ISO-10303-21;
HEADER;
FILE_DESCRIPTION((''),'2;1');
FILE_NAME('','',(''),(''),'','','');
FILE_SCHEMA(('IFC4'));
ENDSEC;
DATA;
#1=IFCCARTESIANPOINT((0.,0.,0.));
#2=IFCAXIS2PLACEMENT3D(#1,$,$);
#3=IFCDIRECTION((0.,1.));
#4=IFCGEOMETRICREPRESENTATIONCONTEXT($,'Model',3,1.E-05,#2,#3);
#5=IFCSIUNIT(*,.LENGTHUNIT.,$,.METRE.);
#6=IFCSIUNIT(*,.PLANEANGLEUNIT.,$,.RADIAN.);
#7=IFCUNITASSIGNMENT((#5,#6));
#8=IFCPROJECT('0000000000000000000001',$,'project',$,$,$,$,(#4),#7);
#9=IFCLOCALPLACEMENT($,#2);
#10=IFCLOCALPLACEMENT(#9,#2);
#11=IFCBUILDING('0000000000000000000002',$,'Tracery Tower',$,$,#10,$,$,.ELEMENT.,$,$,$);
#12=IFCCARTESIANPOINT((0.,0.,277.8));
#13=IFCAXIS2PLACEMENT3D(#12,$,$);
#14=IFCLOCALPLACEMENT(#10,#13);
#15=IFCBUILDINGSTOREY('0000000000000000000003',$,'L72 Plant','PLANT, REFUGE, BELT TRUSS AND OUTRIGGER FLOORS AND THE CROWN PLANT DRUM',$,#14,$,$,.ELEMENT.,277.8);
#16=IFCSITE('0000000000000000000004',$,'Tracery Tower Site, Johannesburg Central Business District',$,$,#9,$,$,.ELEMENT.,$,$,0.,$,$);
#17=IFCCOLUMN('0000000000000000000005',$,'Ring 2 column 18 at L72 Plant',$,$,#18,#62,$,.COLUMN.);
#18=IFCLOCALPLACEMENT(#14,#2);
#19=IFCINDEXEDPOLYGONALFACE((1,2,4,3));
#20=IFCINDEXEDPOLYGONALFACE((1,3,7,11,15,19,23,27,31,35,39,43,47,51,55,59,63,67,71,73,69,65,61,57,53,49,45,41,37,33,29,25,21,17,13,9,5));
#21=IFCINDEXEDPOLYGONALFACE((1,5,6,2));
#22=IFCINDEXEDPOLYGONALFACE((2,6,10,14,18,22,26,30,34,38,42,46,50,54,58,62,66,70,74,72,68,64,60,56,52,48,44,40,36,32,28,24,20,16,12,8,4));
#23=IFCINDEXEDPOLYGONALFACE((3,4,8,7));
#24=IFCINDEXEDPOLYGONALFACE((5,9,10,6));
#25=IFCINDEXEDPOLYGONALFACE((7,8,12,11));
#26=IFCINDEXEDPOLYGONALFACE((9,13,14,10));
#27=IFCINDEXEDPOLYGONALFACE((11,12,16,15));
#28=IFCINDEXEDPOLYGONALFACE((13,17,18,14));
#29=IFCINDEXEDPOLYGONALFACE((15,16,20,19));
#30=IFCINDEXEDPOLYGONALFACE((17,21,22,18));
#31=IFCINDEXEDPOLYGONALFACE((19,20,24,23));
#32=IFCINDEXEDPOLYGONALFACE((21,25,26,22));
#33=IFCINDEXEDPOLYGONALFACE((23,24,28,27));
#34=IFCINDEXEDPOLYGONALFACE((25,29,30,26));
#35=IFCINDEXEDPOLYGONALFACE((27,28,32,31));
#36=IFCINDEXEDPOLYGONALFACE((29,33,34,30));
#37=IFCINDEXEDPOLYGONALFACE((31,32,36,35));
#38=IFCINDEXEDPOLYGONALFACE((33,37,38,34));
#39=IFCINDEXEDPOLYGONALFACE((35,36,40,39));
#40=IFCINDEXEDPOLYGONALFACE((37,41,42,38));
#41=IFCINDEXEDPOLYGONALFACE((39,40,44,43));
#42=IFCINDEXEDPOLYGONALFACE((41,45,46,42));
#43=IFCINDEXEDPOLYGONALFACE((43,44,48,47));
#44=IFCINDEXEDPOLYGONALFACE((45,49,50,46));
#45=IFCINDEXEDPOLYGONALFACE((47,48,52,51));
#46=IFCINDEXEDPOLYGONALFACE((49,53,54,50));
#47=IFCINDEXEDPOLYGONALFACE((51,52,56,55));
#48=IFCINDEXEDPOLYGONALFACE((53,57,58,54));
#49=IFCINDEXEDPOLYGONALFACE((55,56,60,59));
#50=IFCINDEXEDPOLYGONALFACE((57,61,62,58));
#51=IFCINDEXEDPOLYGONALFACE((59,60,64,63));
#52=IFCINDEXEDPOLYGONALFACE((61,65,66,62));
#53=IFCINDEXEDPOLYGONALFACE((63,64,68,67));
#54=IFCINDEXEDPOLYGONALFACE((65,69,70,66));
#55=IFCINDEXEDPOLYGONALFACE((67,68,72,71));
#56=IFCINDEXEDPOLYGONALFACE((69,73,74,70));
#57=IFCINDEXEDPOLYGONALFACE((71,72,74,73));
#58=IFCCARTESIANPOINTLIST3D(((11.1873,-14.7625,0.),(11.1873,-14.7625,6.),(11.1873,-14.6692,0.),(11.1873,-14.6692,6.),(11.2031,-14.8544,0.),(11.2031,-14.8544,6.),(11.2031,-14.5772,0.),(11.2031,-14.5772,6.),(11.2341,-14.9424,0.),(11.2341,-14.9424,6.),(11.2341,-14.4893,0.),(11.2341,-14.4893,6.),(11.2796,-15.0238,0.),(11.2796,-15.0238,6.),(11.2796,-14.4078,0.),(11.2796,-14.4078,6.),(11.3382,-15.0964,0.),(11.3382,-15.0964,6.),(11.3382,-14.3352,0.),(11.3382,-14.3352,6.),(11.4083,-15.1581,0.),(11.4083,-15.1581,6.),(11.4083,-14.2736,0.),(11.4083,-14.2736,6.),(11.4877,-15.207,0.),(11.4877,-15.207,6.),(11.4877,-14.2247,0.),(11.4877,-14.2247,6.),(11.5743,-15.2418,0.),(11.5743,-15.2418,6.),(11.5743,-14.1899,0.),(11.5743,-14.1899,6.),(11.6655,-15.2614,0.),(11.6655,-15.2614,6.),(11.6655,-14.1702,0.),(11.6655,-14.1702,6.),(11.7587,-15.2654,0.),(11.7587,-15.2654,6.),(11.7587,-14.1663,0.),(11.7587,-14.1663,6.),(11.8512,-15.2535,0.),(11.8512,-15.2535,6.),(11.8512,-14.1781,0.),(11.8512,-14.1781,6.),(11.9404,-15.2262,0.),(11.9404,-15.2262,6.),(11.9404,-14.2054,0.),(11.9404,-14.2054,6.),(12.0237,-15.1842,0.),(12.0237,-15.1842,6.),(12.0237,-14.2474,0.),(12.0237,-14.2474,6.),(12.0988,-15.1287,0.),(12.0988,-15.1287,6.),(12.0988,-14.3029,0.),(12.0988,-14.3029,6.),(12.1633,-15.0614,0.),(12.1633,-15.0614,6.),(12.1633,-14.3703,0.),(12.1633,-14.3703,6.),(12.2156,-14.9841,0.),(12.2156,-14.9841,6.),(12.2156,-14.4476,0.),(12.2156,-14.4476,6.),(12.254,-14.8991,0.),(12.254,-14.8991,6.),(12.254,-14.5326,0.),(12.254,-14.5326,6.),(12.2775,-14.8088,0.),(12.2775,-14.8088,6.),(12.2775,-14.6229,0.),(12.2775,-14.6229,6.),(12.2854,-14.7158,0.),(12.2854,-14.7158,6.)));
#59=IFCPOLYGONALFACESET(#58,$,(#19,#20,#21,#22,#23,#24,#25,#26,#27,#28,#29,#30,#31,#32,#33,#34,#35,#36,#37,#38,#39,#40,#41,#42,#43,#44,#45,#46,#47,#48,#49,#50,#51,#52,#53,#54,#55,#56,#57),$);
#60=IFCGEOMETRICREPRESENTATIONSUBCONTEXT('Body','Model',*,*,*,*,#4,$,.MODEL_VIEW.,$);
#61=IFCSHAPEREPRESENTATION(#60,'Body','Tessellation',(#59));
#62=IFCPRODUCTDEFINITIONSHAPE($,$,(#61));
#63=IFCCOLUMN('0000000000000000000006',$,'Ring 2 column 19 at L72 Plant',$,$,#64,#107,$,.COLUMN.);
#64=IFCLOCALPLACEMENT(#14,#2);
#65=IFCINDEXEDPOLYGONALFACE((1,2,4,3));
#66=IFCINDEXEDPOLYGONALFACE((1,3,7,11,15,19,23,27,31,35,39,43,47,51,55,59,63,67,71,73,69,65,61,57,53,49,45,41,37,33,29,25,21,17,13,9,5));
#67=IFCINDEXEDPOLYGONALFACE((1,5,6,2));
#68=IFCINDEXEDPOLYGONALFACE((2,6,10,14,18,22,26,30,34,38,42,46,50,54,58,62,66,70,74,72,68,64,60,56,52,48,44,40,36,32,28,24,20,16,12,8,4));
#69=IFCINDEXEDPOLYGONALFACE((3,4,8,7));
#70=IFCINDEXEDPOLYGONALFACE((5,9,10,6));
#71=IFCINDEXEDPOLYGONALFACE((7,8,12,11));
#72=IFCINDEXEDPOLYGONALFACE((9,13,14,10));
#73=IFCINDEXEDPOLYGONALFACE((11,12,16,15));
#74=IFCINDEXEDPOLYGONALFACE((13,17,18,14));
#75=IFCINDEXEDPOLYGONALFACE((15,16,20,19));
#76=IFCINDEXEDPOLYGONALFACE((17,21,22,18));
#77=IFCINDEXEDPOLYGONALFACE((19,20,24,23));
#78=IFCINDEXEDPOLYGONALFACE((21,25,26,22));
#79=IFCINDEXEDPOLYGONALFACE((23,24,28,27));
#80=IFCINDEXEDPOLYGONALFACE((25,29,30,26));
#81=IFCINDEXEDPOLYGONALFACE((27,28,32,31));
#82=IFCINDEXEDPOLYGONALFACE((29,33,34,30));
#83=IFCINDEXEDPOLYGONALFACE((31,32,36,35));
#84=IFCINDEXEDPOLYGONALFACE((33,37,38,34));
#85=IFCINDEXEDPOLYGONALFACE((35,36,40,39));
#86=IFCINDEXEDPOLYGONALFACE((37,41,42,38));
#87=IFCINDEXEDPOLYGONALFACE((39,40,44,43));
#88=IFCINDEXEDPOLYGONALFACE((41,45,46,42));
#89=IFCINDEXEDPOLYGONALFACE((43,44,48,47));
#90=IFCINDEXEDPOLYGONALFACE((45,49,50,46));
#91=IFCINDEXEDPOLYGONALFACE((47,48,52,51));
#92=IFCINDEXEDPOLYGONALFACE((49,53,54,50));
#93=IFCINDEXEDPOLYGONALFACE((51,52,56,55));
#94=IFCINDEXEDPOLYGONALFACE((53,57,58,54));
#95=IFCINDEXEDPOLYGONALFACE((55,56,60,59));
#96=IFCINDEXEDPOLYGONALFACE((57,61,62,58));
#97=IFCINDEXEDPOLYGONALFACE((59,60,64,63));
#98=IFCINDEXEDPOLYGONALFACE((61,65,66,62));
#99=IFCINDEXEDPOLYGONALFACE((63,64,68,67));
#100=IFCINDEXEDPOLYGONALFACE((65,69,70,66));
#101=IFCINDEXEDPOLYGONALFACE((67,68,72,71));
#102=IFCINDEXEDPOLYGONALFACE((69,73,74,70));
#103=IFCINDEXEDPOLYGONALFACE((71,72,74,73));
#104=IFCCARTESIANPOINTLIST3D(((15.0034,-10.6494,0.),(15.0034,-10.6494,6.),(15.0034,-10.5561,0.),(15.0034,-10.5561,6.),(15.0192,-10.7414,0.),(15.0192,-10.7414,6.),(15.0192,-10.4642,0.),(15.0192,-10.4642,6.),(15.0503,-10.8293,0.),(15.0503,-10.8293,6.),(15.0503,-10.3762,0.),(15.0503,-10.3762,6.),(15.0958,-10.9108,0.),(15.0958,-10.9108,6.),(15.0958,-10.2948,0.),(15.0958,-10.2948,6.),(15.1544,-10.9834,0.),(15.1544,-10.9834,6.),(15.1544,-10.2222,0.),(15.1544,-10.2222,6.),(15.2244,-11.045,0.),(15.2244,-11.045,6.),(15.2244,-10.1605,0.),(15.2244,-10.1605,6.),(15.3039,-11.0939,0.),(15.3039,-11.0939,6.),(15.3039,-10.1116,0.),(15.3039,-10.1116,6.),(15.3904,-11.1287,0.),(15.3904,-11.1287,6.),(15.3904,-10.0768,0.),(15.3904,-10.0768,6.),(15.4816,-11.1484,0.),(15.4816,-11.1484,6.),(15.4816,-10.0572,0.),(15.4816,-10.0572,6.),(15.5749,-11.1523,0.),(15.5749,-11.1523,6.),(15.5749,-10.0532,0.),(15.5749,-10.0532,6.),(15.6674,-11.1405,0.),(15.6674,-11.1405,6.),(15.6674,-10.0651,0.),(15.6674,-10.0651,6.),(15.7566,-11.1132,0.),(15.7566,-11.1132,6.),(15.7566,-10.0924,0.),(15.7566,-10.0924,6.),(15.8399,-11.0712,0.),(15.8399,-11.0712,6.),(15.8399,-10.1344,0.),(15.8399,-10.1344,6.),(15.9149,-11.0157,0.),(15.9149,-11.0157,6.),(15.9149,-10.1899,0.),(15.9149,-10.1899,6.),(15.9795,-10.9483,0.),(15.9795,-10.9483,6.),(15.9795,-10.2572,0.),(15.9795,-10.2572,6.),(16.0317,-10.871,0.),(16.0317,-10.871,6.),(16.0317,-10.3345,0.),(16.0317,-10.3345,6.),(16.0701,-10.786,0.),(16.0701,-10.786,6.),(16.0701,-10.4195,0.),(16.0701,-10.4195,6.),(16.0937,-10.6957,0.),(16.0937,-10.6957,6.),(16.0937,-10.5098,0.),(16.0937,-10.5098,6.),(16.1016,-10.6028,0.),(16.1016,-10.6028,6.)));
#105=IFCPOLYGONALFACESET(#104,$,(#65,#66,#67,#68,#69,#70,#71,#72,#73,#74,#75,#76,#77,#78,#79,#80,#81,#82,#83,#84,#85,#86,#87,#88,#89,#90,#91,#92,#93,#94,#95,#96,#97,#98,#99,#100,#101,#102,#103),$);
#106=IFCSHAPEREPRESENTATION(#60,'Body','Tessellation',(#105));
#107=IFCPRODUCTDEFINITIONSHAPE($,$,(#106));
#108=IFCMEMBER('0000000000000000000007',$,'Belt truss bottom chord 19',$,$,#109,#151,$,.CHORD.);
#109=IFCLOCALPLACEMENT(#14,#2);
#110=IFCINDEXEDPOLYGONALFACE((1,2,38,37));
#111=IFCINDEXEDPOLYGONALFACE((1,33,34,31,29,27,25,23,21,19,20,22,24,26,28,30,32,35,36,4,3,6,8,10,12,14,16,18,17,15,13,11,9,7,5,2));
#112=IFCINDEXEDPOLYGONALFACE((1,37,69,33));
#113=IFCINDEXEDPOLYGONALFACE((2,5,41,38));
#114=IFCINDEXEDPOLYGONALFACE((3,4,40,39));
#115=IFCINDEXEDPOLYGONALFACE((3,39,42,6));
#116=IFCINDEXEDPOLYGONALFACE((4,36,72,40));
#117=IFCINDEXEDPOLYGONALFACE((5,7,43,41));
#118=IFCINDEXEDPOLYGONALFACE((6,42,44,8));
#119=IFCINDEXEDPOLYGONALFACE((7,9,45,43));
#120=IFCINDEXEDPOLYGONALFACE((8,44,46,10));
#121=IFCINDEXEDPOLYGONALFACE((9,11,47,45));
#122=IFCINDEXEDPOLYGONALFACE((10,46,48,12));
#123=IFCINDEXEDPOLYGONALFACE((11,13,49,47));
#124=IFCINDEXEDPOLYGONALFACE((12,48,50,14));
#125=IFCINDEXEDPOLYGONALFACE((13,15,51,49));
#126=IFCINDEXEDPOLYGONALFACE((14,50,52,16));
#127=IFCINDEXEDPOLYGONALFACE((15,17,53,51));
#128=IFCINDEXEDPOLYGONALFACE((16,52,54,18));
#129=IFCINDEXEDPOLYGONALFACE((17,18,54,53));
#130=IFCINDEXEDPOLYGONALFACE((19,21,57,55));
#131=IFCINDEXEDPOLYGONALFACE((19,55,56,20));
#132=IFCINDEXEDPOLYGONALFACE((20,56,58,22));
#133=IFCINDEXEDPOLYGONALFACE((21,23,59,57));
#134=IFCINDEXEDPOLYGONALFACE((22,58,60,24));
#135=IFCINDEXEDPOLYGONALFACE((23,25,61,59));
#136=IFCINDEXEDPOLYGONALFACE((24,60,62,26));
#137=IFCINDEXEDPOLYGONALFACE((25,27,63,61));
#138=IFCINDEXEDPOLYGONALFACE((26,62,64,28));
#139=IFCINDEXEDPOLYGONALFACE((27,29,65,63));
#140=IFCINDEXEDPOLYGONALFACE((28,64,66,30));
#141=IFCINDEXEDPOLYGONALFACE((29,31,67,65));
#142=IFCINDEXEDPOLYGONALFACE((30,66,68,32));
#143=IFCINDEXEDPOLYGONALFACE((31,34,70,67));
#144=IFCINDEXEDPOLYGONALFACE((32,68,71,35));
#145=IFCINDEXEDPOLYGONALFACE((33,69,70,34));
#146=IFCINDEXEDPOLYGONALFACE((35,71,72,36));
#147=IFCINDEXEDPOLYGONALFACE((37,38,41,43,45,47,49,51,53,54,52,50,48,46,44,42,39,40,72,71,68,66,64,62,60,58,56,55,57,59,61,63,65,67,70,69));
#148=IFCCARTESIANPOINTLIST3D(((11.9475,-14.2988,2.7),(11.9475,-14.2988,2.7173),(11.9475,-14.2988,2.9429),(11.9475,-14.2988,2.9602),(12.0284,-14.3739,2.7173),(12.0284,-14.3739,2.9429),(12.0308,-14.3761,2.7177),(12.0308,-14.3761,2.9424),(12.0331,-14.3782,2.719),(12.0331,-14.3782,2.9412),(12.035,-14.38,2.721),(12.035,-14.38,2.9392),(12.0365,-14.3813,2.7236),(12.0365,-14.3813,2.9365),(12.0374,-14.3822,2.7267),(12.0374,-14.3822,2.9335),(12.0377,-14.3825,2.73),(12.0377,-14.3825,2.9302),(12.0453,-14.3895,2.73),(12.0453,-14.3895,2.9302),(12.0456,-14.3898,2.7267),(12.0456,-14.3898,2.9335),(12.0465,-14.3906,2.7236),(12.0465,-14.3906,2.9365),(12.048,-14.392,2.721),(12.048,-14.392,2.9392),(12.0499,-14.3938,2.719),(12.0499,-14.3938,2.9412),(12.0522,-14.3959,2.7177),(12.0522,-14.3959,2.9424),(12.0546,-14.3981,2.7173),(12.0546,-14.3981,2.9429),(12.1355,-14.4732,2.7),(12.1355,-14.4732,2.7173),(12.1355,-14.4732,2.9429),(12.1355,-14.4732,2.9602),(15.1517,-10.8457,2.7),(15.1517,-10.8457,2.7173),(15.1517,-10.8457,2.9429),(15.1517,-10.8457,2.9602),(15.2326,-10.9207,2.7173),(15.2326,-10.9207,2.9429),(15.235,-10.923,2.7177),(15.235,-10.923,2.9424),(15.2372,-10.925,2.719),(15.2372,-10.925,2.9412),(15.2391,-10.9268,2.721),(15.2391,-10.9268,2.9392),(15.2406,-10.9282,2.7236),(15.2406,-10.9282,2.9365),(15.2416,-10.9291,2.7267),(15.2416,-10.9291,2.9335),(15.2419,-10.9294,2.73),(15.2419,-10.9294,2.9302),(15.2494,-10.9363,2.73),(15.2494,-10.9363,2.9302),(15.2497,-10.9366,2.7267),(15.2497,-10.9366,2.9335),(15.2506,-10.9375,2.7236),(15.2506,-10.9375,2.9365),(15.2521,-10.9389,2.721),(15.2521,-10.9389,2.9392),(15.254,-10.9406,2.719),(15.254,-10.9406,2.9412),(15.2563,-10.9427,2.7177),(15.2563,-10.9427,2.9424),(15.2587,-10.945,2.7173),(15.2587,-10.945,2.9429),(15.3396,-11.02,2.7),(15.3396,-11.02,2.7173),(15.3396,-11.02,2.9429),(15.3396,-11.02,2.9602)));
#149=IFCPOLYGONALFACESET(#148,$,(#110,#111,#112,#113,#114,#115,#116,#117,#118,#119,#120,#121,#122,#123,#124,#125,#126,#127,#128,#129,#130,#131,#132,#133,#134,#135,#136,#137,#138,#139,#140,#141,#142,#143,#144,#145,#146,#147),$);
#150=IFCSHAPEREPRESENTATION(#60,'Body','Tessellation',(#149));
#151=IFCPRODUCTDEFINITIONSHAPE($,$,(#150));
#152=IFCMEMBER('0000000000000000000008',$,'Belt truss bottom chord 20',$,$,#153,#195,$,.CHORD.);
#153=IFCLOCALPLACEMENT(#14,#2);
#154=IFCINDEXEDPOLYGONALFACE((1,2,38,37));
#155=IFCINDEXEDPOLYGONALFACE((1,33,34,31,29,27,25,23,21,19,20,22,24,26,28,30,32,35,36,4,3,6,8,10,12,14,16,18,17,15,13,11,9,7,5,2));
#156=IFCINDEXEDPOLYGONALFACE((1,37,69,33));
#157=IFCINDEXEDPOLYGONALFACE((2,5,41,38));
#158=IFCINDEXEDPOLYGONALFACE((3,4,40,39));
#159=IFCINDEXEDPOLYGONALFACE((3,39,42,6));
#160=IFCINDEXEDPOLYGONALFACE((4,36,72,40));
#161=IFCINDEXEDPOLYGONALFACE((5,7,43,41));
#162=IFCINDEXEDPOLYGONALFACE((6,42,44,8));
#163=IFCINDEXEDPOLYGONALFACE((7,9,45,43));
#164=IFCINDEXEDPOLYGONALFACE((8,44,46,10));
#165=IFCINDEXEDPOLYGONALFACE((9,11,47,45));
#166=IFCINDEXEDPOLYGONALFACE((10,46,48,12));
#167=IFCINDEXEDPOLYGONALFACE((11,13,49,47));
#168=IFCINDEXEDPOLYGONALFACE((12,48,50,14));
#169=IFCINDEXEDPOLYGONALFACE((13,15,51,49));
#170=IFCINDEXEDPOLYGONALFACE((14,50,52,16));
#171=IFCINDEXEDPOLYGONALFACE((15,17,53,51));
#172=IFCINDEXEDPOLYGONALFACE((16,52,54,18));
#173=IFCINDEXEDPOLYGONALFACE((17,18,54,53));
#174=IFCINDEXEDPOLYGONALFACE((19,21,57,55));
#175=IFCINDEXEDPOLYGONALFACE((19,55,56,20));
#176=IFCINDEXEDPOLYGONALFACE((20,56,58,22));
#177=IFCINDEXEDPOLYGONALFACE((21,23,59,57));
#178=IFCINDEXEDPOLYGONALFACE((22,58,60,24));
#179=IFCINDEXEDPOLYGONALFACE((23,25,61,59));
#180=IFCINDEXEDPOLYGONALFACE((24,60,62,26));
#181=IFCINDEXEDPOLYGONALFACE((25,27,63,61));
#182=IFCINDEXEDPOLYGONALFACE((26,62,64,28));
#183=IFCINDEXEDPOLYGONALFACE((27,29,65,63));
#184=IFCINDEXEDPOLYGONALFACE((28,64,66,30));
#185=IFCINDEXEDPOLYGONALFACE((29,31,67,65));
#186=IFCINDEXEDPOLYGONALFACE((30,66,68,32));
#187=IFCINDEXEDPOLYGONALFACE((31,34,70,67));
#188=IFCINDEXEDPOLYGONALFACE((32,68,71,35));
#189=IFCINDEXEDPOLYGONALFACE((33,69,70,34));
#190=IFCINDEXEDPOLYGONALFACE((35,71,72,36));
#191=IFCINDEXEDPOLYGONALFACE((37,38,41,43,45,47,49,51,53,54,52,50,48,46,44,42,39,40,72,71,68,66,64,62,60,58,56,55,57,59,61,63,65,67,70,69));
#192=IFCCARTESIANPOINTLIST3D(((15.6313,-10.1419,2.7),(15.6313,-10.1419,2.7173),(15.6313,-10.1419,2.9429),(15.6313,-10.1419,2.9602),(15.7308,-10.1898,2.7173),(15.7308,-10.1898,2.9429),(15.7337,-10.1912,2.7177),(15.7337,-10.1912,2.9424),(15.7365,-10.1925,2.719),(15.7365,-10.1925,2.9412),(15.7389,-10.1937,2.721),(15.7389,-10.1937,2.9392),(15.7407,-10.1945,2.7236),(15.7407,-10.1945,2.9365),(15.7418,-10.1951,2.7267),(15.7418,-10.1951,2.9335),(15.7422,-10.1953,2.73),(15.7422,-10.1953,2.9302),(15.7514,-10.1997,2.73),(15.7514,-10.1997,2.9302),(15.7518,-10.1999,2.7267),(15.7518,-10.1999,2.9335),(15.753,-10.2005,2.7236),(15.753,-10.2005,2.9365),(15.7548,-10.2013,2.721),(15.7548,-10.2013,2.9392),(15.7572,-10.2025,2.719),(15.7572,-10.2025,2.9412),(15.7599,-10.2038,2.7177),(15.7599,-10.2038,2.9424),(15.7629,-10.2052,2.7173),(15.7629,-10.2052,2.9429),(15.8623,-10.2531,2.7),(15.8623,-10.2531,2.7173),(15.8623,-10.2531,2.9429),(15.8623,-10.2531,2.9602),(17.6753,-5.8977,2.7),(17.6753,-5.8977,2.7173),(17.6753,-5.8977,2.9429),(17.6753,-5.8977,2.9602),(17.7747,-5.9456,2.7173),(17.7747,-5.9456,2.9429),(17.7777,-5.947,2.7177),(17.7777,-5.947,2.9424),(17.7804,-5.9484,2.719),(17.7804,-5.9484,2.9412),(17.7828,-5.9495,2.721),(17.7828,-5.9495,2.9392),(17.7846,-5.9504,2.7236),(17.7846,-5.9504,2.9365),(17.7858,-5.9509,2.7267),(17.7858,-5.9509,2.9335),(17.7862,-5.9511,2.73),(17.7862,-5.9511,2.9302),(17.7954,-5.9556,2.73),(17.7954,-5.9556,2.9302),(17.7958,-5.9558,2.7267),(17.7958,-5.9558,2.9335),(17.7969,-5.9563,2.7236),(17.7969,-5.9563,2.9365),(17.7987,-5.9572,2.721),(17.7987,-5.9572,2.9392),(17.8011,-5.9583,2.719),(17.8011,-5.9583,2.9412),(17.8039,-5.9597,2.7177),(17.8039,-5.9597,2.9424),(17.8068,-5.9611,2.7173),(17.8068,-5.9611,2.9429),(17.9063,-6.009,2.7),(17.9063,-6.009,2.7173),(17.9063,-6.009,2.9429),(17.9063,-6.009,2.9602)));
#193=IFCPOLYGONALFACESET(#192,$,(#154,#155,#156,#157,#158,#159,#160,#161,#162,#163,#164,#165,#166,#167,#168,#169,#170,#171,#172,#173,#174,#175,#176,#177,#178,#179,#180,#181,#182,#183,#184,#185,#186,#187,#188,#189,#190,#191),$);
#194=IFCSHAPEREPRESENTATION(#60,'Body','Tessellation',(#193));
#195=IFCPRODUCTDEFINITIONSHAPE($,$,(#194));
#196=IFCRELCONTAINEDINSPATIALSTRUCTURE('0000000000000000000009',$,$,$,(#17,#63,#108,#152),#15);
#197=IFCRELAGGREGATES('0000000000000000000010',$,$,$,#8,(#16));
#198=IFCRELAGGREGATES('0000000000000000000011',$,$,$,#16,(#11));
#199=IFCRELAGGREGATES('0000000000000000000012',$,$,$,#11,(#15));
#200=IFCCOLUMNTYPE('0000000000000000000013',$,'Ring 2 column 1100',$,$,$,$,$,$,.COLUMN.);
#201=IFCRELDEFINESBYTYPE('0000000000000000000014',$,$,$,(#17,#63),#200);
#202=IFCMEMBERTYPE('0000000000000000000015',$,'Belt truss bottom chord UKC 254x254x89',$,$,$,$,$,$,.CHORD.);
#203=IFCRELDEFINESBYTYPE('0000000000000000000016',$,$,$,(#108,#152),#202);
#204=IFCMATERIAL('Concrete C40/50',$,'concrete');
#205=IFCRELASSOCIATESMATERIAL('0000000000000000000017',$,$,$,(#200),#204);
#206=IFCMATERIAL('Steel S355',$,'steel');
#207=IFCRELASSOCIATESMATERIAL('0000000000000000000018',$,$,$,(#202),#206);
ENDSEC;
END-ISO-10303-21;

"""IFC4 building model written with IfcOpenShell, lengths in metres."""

from ifc_helpers import new_model, si_unit, direction, frame, origin, origin_2d, place, context, subcontext, project, spatial, circle, i_section, extrude, material, material_profile, profile_set, type_object, element, save


model = new_model("IFC4")

# Units and contexts
model_context = context("Model", 3, precision=1e-05, world=origin(), true_north=direction((0.0, 1.0)))
body_context = subcontext(model_context, "Body", "Model", "MODEL_VIEW")
ifc_project = project(units=[si_unit("LENGTHUNIT", "METRE"), si_unit("PLANEANGLEUNIT", "RADIAN")], contexts=[model_context])

# Site, building, storey
site_placement = place(None, origin())
site = spatial("IfcSite", under=ifc_project, at=site_placement, Name="Tracery Tower Site, Johannesburg Central Business District", CompositionType="ELEMENT", RefElevation=0.0)
building_placement = place(site_placement, origin())
building = spatial("IfcBuilding", under=site, at=building_placement, Name="Tracery Tower", CompositionType="ELEMENT")
storey_placement = place(building_placement, frame((0.0, 0.0, 277.8)))
storey = spatial("IfcBuildingStorey", under=building, at=storey_placement, Name="L72 Plant", Description="PLANT, REFUGE, BELT TRUSS AND OUTRIGGER FLOORS AND THE CROWN PLANT DRUM", CompositionType="ELEMENT", Elevation=277.8)

# Columns
ifc_material_1 = material(Name="Concrete C40/50", Category="concrete")
ifc_material_profile_1 = material_profile(ifc_material_1, circle(Radius=0.55, at=origin_2d()), Name="RC D1100")
ifc_profile_set_1 = profile_set([ifc_material_profile_1], Name="Concrete C40/50")
column_type = type_object("IfcColumnType", Name="Ring 2 column 1100", PredefinedType="COLUMN", material=ifc_profile_set_1)
for number, where, z_axis, x_axis, name in (
    (1, (11.7354, -14.7158, 0.0), (0.0, 0.0, 1.0), (1.0, 0.0, 0.0), "Ring 2 column 18 at L72 Plant"),
    (2, (15.5515, -10.6028, 0.0), (0.0, 0.0, 1.0), (1.0, 0.0, 0.0), "Ring 2 column 19 at L72 Plant"),
):
    element("IfcColumn", number, at=place(storey_placement, frame(where, z_axis=z_axis, x_axis=x_axis)), inside=storey, type_object=column_type, Name=name, PredefinedType="COLUMN", context=body_context, shape_type="SweptSolid", body=[
        extrude(circle(Radius=0.55, at=origin_2d()), origin(), (0.0, 0.0, 1.0), 6.0),
    ])

# Members
ifc_material_2 = material(Name="Steel S355", Category="steel")
ifc_material_profile_2 = material_profile(ifc_material_2, i_section(OverallWidth=0.2563, OverallDepth=0.2603, WebThickness=0.0103, FlangeThickness=0.0173, FilletRadius=0.0127, at=origin_2d()), Name="UKC 254x254x89")
ifc_profile_set_2 = profile_set([ifc_material_profile_2], Name="Steel S355")
member_type_1 = type_object("IfcMemberType", Name="Belt truss bottom chord UKC 254x254x89", PredefinedType="CHORD", material=ifc_profile_set_2)
for number, where, z_axis, x_axis, name in (
    (3, (12.0415, -14.386, 2.8301), (0.680181, 0.733044, 0.0), (-0.733044, 0.680181, 0.0), "Belt truss bottom chord 19"),
    (4, (15.7468, -10.1975, 2.8301), (0.433897, 0.900963, 0.0), (-0.900963, 0.433897, 0.0), "Belt truss bottom chord 20"),
):
    element("IfcMember", number, at=place(storey_placement, frame(where, z_axis=z_axis, x_axis=x_axis)), inside=storey, type_object=member_type_1, Name=name, PredefinedType="CHORD", context=body_context, shape_type="SweptSolid", body=[
        extrude(i_section(OverallWidth=0.2563, OverallDepth=0.2603, WebThickness=0.0103, FlangeThickness=0.0173, FilletRadius=0.0127, at=origin_2d()), origin(), (0.0, 0.0, 1.0), 4.7107),
    ])

save(model, "model.ifc")
